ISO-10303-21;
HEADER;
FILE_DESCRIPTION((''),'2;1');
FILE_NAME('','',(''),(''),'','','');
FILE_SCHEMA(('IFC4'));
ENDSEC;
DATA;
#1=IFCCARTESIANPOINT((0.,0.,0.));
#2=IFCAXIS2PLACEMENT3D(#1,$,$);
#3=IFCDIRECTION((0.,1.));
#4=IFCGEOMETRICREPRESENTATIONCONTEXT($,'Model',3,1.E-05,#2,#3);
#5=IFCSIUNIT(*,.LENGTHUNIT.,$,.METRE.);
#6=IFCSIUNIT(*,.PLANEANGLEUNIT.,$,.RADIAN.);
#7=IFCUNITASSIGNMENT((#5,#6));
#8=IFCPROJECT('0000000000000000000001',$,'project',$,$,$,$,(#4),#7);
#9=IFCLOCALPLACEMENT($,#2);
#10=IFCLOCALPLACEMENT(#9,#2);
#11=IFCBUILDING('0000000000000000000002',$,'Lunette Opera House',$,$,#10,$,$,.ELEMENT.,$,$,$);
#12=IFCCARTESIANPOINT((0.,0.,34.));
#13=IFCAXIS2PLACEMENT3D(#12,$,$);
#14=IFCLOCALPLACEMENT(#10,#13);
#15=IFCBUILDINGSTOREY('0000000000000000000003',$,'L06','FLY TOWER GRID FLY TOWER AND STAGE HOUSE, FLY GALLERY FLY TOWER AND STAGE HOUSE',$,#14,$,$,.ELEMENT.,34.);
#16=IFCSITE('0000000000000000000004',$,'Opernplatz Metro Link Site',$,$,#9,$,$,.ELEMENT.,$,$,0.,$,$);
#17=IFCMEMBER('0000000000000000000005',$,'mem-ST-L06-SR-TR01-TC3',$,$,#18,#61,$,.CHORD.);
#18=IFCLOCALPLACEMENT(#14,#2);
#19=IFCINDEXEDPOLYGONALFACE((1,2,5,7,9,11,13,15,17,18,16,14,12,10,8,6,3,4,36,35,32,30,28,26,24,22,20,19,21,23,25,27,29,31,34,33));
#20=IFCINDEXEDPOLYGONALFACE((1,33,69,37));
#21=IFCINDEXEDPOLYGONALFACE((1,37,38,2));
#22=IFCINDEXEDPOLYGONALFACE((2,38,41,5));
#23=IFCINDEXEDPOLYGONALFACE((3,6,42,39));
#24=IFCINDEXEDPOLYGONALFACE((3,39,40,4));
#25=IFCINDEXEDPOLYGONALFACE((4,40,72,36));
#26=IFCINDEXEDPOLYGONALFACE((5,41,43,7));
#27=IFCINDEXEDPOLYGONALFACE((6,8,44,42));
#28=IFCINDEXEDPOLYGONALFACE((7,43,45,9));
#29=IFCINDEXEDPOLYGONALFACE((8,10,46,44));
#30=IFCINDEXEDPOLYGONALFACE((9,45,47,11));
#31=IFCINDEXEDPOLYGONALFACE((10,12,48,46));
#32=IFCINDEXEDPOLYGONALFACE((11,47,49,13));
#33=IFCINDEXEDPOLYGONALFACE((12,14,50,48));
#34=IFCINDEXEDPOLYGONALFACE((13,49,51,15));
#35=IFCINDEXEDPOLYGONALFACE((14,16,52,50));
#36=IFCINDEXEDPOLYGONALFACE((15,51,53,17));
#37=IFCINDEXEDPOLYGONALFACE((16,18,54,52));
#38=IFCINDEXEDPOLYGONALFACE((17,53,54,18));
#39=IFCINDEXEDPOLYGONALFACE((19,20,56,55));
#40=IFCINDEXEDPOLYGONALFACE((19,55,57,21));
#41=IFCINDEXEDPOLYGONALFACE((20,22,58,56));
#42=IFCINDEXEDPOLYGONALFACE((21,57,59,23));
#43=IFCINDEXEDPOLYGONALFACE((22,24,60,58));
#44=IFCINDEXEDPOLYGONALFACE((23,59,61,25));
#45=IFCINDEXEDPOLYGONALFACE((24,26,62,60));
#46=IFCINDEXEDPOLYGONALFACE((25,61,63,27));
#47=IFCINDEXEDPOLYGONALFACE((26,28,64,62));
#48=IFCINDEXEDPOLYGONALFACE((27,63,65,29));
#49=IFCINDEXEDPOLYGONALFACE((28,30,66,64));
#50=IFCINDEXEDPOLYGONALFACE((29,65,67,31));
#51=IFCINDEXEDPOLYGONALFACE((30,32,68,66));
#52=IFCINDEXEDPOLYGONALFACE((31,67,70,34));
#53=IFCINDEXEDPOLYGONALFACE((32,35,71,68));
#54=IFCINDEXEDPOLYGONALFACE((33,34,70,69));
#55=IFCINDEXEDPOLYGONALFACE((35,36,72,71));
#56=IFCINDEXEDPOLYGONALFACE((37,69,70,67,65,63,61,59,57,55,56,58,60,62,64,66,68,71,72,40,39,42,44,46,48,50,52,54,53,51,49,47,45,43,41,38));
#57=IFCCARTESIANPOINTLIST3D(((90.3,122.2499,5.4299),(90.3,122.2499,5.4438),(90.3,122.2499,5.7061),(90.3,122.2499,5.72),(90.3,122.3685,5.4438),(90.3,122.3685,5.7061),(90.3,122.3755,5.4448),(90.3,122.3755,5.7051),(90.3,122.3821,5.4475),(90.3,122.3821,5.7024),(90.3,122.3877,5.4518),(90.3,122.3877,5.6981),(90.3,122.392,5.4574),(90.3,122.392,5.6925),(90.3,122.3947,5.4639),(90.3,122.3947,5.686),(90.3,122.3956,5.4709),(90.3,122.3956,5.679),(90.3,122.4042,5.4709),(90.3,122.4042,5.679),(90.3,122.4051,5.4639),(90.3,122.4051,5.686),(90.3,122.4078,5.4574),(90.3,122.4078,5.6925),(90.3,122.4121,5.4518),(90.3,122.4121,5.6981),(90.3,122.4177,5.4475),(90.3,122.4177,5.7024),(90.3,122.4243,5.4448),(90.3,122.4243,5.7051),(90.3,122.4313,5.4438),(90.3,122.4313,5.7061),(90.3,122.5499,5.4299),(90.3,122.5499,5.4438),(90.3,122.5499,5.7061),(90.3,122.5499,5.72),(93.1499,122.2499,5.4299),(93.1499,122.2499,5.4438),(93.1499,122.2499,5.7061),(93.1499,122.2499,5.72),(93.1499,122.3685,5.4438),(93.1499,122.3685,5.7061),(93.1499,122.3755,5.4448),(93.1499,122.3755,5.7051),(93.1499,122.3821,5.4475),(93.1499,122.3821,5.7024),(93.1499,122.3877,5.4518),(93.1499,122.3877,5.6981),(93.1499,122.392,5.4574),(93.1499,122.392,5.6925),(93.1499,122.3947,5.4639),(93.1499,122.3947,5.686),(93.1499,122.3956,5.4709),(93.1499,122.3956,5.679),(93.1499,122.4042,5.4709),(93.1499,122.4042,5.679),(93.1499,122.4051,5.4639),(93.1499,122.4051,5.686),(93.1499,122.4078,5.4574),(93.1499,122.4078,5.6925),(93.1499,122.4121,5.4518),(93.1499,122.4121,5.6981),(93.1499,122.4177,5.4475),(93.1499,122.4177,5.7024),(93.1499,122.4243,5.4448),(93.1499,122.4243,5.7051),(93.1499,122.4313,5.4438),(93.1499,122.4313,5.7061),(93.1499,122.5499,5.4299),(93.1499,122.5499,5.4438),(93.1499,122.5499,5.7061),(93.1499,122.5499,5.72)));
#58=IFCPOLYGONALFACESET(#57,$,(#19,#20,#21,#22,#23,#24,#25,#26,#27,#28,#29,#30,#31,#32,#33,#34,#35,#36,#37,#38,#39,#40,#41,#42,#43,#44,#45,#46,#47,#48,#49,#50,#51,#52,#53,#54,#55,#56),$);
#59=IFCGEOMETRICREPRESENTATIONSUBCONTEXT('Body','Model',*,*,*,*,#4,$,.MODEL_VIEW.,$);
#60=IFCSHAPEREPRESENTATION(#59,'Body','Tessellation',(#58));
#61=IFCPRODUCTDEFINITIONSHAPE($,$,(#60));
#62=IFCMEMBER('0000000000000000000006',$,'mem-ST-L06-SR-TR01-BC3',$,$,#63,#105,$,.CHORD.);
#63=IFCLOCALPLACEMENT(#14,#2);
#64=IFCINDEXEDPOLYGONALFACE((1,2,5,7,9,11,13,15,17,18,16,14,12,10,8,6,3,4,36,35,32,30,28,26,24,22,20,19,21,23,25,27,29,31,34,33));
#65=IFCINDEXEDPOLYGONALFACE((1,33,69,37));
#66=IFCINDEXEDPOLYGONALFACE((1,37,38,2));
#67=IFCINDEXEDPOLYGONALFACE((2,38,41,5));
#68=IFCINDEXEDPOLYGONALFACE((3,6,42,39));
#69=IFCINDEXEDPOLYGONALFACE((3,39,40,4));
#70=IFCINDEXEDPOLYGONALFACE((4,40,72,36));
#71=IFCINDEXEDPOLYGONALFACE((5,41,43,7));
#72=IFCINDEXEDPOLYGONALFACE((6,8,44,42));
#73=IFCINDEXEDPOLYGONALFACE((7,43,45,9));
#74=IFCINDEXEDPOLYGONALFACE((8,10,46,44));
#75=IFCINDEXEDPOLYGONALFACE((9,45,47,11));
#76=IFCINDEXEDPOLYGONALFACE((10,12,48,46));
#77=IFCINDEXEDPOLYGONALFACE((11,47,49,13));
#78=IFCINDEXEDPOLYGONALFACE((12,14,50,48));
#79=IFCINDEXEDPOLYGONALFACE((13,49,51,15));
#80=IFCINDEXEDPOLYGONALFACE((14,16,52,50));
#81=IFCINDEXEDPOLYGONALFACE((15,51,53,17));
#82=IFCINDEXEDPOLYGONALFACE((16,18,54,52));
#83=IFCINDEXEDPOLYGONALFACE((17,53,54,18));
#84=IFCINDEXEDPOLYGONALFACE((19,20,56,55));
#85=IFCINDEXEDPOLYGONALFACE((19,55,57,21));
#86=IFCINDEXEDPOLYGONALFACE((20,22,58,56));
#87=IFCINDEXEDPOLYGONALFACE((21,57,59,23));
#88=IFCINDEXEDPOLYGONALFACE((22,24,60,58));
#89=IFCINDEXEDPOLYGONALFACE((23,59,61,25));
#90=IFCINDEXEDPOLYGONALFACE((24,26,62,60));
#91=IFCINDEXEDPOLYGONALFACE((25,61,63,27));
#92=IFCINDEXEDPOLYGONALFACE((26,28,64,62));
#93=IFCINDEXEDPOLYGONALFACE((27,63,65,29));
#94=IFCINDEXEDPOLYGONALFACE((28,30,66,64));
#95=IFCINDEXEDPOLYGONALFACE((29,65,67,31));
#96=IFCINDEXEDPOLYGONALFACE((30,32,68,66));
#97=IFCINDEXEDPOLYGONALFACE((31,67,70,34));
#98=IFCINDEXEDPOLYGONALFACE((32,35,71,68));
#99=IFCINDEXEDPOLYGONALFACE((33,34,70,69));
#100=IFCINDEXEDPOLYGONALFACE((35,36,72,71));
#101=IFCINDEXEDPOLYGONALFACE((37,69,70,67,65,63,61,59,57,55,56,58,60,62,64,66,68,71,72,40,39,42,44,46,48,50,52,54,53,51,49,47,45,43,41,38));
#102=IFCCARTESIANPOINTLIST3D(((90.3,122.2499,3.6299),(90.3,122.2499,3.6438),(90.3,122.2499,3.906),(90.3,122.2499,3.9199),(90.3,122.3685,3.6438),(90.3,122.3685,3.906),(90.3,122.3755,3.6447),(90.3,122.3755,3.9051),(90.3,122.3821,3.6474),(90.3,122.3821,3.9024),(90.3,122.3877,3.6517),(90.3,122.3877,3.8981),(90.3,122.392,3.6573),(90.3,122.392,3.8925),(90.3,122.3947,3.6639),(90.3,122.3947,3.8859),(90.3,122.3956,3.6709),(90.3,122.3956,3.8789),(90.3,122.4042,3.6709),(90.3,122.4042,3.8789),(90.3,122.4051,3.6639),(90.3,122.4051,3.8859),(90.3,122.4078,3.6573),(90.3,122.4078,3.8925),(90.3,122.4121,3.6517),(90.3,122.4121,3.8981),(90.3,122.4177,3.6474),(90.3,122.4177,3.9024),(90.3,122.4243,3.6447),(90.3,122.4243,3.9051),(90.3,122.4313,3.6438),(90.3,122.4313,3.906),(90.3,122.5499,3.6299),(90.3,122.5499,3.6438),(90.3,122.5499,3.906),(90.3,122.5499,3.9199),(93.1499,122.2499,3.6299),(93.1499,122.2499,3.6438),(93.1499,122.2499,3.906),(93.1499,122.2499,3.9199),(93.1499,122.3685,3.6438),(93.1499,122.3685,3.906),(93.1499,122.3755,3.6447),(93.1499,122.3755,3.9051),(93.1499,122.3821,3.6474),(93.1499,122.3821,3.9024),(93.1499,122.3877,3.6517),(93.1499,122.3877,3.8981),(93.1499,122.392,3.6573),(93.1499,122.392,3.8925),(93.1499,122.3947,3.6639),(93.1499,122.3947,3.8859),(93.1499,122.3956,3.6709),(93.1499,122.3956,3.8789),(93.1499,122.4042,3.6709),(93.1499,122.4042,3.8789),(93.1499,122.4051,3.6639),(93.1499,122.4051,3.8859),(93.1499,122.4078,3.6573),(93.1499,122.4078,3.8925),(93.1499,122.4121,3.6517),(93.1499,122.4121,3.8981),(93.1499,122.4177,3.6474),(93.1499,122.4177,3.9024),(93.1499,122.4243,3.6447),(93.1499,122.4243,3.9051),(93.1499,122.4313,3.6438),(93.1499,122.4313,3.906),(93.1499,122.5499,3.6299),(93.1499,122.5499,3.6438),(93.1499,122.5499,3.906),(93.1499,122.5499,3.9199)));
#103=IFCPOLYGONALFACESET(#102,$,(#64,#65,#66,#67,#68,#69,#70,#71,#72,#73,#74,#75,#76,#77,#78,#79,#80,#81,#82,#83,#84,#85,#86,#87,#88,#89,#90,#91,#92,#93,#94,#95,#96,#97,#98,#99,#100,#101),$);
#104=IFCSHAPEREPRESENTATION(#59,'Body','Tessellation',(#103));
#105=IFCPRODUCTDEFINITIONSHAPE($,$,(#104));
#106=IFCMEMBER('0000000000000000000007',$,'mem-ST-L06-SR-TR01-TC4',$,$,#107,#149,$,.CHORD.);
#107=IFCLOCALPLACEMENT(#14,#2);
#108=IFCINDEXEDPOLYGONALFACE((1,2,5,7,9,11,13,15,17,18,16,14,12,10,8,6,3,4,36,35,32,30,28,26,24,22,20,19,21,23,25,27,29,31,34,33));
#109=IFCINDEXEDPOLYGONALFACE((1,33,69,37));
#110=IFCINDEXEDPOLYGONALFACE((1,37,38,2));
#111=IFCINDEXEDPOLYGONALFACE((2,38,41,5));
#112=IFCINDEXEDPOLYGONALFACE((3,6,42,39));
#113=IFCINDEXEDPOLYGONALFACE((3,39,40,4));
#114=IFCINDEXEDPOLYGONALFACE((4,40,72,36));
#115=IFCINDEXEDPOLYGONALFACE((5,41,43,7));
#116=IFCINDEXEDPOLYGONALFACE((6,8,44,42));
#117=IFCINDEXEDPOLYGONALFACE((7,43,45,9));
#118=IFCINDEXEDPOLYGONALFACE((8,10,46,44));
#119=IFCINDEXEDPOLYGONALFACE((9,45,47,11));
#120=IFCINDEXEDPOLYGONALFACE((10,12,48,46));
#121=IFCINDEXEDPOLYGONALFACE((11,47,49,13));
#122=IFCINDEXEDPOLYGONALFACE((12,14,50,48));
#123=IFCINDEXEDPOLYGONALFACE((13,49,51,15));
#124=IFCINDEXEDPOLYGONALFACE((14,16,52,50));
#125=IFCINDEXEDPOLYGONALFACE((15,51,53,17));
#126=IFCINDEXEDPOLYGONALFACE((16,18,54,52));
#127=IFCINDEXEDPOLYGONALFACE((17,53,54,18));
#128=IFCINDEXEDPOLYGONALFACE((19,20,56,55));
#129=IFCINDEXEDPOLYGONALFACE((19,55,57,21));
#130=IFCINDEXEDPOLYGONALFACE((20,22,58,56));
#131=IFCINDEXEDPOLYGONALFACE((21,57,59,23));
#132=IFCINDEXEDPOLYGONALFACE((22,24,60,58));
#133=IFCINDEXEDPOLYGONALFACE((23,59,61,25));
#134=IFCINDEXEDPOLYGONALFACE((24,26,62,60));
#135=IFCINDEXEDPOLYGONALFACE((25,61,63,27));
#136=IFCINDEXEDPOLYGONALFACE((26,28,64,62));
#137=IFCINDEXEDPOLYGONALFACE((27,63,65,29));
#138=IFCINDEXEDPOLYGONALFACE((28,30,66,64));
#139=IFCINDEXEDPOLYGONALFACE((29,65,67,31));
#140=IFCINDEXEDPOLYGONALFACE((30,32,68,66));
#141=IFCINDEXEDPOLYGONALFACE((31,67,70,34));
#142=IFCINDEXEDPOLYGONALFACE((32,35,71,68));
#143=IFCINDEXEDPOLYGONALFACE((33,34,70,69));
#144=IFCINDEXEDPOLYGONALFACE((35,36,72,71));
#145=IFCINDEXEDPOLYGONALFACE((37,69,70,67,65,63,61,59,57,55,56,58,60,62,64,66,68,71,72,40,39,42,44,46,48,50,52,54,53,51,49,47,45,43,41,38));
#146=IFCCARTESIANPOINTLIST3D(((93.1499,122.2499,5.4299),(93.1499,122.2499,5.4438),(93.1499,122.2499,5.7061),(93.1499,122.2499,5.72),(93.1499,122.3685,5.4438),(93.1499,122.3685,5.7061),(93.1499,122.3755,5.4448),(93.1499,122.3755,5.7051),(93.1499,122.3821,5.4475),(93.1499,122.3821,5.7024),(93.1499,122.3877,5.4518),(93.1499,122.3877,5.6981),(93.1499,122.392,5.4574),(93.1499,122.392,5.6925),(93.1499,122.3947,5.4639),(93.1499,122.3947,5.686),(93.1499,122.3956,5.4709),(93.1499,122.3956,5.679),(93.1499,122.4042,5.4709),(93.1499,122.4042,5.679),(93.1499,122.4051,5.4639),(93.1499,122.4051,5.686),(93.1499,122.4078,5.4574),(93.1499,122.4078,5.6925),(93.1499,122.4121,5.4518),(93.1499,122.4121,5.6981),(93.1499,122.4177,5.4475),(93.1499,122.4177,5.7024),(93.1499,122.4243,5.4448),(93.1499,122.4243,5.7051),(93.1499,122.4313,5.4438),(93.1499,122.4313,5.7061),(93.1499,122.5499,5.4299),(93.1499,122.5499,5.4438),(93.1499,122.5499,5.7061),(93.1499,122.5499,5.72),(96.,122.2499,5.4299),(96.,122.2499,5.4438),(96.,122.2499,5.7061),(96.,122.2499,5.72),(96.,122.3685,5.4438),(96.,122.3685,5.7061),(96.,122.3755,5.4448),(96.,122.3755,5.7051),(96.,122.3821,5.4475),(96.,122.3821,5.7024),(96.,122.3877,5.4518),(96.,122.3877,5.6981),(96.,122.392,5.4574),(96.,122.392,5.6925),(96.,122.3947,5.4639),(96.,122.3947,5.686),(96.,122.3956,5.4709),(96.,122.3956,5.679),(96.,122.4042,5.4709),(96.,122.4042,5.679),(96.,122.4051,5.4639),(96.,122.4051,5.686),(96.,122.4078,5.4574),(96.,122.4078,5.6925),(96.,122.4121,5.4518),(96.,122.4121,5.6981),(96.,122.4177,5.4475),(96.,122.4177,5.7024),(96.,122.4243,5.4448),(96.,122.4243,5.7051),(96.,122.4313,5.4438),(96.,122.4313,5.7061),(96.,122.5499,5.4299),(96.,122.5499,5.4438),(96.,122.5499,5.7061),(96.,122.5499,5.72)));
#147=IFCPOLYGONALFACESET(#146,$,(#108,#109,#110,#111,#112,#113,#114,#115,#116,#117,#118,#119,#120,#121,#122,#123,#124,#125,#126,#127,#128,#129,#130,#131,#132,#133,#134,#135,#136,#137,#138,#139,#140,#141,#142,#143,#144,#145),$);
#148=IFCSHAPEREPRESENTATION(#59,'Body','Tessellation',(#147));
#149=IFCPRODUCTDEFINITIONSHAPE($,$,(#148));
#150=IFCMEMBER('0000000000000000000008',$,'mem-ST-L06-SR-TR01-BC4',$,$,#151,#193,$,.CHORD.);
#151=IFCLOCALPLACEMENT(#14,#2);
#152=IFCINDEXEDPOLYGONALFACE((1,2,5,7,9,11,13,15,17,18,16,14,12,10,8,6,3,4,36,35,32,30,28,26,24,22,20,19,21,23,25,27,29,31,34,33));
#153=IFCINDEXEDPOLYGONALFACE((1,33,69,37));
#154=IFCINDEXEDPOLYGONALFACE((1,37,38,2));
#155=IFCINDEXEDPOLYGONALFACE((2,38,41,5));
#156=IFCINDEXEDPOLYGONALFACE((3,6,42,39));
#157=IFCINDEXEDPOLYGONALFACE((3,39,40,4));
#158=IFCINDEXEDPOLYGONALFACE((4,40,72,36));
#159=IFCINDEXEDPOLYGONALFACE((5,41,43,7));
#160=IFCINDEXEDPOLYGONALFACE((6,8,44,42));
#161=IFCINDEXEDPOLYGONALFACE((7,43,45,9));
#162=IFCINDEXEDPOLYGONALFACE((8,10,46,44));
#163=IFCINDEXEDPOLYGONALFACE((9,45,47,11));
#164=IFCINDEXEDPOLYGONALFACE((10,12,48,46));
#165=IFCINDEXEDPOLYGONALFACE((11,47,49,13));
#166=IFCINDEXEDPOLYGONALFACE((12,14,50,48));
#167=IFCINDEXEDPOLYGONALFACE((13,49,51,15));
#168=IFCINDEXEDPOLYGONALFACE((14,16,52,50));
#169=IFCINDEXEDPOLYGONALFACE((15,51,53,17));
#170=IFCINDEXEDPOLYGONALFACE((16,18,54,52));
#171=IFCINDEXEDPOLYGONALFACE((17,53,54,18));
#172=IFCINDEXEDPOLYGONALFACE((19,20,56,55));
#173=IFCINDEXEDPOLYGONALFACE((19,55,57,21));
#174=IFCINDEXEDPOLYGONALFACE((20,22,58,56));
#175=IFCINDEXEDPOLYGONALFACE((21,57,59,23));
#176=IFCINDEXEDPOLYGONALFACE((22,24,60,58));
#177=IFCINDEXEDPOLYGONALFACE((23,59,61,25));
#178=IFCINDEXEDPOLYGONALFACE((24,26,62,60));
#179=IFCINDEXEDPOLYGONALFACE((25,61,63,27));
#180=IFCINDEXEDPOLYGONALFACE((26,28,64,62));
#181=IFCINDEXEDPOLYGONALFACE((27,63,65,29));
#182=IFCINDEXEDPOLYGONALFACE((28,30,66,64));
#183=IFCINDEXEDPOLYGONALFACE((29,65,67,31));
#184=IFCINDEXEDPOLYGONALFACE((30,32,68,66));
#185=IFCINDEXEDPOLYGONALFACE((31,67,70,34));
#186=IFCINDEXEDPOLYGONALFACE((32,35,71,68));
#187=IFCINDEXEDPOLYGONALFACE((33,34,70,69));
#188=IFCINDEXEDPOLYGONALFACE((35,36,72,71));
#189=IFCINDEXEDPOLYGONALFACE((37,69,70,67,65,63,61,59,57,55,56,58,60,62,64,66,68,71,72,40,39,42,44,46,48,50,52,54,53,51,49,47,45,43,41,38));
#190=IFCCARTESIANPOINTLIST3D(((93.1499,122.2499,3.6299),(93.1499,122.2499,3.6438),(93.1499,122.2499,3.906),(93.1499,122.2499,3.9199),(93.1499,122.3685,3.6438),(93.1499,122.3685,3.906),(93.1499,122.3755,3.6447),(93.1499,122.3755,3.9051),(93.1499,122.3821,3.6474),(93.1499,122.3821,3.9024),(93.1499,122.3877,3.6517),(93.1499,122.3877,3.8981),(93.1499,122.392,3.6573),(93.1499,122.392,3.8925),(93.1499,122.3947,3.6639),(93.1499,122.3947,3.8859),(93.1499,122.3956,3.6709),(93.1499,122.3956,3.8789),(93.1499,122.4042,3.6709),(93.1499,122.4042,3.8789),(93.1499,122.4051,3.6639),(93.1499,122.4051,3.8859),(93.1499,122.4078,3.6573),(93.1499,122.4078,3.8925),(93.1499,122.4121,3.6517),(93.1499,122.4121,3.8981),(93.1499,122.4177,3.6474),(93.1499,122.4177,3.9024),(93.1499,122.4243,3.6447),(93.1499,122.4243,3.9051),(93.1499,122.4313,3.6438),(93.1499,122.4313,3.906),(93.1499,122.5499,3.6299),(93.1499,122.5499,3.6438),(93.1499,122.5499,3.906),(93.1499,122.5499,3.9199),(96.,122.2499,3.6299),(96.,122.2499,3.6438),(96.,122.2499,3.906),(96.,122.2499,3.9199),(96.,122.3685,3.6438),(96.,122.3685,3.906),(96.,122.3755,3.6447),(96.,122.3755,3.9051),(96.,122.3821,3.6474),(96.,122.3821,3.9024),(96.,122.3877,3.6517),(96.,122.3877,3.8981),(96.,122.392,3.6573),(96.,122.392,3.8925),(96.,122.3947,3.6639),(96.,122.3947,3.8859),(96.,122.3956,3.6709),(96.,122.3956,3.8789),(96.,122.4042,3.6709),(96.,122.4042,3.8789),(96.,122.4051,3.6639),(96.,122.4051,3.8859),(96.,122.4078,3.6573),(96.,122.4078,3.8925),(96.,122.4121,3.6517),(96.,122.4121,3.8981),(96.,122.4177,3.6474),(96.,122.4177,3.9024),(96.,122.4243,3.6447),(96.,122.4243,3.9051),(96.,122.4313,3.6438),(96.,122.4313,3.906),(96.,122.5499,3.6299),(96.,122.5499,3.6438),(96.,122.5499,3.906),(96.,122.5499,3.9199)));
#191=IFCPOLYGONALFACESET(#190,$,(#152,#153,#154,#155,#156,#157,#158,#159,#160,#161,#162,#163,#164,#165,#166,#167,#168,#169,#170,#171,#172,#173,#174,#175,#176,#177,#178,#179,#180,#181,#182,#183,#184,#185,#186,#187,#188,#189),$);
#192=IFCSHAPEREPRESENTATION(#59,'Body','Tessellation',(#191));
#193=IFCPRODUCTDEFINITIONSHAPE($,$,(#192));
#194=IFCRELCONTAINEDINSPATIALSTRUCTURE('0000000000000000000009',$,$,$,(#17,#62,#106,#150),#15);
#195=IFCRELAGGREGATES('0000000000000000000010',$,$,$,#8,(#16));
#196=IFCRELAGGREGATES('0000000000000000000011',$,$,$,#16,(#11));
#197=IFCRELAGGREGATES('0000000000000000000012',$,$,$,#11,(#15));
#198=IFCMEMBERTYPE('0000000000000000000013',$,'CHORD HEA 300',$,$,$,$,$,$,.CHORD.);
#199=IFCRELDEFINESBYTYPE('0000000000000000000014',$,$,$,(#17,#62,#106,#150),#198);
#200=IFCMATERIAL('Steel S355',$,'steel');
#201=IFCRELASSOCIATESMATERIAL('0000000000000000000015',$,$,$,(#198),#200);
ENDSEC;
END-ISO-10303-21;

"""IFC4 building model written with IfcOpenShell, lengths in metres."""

from ifc_helpers import new_model, si_unit, direction, frame, origin, origin_2d, place, context, subcontext, project, spatial, i_section, extrude, material, material_profile, profile_set, type_object, element, save


model = new_model("IFC4")

# Units and contexts
model_context = context("Model", 3, precision=1e-05, world=origin(), true_north=direction((0.0, 1.0)))
body_context = subcontext(model_context, "Body", "Model", "MODEL_VIEW")
ifc_project = project(units=[si_unit("LENGTHUNIT", "METRE"), si_unit("PLANEANGLEUNIT", "RADIAN")], contexts=[model_context])

# Site, building, storey
site_placement = place(None, origin())
site = spatial("IfcSite", under=ifc_project, at=site_placement, Name="Opernplatz Metro Link Site", CompositionType="ELEMENT", RefElevation=0.0)
building_placement = place(site_placement, origin())
building = spatial("IfcBuilding", under=site, at=building_placement, Name="Lunette Opera House", CompositionType="ELEMENT")
storey_placement = place(building_placement, frame((0.0, 0.0, 34.0)))
storey = spatial("IfcBuildingStorey", under=building, at=storey_placement, Name="L06", Description="FLY TOWER GRID FLY TOWER AND STAGE HOUSE, FLY GALLERY FLY TOWER AND STAGE HOUSE", CompositionType="ELEMENT", Elevation=34.0)

# Members
ifc_material_1 = material(Name="Steel S355", Category="steel")
ifc_material_profile_1 = material_profile(ifc_material_1, i_section(OverallWidth=0.3, OverallDepth=0.29, WebThickness=0.0085, FlangeThickness=0.0139, FilletRadius=0.0271, at=origin_2d()), Name="HEA 300")
ifc_profile_set_1 = profile_set([ifc_material_profile_1], Name="Steel S355")
member_type_1 = type_object("IfcMemberType", Name="CHORD HEA 300", PredefinedType="CHORD", material=ifc_profile_set_1)
for number, where, z_axis, x_axis, name in (
    (1, (90.3, 122.3999, 5.575), (1.0, 0.0, 0.0), (0.0, 1.0, 0.0), "mem-ST-L06-SR-TR01-TC3"),
    (2, (90.3, 122.3999, 3.7749), (1.0, 0.0, 0.0), (0.0, 1.0, 0.0), "mem-ST-L06-SR-TR01-BC3"),
):
    element("IfcMember", number, at=place(storey_placement, frame(where, z_axis=z_axis, x_axis=x_axis)), inside=storey, type_object=member_type_1, Name=name, PredefinedType="CHORD", context=body_context, shape_type="SweptSolid", body=[
        extrude(i_section(OverallWidth=0.3, OverallDepth=0.29, WebThickness=0.0085, FlangeThickness=0.0139, FilletRadius=0.0271, at=origin_2d()), origin(), (0.0, 0.0, 1.0), 2.8499),
    ])
for number, where, z_axis, x_axis, name in (
    (3, (93.1499, 122.3999, 5.575), (1.0, 0.0, 0.0), (0.0, 1.0, 0.0), "mem-ST-L06-SR-TR01-TC4"),
    (4, (93.1499, 122.3999, 3.7749), (1.0, 0.0, 0.0), (0.0, 1.0, 0.0), "mem-ST-L06-SR-TR01-BC4"),
):
    element("IfcMember", number, at=place(storey_placement, frame(where, z_axis=z_axis, x_axis=x_axis)), inside=storey, type_object=member_type_1, Name=name, PredefinedType="CHORD", context=body_context, shape_type="SweptSolid", body=[
        extrude(i_section(OverallWidth=0.3, OverallDepth=0.29, WebThickness=0.0085, FlangeThickness=0.0139, FilletRadius=0.0271, at=origin_2d()), origin(), (0.0, 0.0, 1.0), 2.8501),
    ])

save(model, "model.ifc")
